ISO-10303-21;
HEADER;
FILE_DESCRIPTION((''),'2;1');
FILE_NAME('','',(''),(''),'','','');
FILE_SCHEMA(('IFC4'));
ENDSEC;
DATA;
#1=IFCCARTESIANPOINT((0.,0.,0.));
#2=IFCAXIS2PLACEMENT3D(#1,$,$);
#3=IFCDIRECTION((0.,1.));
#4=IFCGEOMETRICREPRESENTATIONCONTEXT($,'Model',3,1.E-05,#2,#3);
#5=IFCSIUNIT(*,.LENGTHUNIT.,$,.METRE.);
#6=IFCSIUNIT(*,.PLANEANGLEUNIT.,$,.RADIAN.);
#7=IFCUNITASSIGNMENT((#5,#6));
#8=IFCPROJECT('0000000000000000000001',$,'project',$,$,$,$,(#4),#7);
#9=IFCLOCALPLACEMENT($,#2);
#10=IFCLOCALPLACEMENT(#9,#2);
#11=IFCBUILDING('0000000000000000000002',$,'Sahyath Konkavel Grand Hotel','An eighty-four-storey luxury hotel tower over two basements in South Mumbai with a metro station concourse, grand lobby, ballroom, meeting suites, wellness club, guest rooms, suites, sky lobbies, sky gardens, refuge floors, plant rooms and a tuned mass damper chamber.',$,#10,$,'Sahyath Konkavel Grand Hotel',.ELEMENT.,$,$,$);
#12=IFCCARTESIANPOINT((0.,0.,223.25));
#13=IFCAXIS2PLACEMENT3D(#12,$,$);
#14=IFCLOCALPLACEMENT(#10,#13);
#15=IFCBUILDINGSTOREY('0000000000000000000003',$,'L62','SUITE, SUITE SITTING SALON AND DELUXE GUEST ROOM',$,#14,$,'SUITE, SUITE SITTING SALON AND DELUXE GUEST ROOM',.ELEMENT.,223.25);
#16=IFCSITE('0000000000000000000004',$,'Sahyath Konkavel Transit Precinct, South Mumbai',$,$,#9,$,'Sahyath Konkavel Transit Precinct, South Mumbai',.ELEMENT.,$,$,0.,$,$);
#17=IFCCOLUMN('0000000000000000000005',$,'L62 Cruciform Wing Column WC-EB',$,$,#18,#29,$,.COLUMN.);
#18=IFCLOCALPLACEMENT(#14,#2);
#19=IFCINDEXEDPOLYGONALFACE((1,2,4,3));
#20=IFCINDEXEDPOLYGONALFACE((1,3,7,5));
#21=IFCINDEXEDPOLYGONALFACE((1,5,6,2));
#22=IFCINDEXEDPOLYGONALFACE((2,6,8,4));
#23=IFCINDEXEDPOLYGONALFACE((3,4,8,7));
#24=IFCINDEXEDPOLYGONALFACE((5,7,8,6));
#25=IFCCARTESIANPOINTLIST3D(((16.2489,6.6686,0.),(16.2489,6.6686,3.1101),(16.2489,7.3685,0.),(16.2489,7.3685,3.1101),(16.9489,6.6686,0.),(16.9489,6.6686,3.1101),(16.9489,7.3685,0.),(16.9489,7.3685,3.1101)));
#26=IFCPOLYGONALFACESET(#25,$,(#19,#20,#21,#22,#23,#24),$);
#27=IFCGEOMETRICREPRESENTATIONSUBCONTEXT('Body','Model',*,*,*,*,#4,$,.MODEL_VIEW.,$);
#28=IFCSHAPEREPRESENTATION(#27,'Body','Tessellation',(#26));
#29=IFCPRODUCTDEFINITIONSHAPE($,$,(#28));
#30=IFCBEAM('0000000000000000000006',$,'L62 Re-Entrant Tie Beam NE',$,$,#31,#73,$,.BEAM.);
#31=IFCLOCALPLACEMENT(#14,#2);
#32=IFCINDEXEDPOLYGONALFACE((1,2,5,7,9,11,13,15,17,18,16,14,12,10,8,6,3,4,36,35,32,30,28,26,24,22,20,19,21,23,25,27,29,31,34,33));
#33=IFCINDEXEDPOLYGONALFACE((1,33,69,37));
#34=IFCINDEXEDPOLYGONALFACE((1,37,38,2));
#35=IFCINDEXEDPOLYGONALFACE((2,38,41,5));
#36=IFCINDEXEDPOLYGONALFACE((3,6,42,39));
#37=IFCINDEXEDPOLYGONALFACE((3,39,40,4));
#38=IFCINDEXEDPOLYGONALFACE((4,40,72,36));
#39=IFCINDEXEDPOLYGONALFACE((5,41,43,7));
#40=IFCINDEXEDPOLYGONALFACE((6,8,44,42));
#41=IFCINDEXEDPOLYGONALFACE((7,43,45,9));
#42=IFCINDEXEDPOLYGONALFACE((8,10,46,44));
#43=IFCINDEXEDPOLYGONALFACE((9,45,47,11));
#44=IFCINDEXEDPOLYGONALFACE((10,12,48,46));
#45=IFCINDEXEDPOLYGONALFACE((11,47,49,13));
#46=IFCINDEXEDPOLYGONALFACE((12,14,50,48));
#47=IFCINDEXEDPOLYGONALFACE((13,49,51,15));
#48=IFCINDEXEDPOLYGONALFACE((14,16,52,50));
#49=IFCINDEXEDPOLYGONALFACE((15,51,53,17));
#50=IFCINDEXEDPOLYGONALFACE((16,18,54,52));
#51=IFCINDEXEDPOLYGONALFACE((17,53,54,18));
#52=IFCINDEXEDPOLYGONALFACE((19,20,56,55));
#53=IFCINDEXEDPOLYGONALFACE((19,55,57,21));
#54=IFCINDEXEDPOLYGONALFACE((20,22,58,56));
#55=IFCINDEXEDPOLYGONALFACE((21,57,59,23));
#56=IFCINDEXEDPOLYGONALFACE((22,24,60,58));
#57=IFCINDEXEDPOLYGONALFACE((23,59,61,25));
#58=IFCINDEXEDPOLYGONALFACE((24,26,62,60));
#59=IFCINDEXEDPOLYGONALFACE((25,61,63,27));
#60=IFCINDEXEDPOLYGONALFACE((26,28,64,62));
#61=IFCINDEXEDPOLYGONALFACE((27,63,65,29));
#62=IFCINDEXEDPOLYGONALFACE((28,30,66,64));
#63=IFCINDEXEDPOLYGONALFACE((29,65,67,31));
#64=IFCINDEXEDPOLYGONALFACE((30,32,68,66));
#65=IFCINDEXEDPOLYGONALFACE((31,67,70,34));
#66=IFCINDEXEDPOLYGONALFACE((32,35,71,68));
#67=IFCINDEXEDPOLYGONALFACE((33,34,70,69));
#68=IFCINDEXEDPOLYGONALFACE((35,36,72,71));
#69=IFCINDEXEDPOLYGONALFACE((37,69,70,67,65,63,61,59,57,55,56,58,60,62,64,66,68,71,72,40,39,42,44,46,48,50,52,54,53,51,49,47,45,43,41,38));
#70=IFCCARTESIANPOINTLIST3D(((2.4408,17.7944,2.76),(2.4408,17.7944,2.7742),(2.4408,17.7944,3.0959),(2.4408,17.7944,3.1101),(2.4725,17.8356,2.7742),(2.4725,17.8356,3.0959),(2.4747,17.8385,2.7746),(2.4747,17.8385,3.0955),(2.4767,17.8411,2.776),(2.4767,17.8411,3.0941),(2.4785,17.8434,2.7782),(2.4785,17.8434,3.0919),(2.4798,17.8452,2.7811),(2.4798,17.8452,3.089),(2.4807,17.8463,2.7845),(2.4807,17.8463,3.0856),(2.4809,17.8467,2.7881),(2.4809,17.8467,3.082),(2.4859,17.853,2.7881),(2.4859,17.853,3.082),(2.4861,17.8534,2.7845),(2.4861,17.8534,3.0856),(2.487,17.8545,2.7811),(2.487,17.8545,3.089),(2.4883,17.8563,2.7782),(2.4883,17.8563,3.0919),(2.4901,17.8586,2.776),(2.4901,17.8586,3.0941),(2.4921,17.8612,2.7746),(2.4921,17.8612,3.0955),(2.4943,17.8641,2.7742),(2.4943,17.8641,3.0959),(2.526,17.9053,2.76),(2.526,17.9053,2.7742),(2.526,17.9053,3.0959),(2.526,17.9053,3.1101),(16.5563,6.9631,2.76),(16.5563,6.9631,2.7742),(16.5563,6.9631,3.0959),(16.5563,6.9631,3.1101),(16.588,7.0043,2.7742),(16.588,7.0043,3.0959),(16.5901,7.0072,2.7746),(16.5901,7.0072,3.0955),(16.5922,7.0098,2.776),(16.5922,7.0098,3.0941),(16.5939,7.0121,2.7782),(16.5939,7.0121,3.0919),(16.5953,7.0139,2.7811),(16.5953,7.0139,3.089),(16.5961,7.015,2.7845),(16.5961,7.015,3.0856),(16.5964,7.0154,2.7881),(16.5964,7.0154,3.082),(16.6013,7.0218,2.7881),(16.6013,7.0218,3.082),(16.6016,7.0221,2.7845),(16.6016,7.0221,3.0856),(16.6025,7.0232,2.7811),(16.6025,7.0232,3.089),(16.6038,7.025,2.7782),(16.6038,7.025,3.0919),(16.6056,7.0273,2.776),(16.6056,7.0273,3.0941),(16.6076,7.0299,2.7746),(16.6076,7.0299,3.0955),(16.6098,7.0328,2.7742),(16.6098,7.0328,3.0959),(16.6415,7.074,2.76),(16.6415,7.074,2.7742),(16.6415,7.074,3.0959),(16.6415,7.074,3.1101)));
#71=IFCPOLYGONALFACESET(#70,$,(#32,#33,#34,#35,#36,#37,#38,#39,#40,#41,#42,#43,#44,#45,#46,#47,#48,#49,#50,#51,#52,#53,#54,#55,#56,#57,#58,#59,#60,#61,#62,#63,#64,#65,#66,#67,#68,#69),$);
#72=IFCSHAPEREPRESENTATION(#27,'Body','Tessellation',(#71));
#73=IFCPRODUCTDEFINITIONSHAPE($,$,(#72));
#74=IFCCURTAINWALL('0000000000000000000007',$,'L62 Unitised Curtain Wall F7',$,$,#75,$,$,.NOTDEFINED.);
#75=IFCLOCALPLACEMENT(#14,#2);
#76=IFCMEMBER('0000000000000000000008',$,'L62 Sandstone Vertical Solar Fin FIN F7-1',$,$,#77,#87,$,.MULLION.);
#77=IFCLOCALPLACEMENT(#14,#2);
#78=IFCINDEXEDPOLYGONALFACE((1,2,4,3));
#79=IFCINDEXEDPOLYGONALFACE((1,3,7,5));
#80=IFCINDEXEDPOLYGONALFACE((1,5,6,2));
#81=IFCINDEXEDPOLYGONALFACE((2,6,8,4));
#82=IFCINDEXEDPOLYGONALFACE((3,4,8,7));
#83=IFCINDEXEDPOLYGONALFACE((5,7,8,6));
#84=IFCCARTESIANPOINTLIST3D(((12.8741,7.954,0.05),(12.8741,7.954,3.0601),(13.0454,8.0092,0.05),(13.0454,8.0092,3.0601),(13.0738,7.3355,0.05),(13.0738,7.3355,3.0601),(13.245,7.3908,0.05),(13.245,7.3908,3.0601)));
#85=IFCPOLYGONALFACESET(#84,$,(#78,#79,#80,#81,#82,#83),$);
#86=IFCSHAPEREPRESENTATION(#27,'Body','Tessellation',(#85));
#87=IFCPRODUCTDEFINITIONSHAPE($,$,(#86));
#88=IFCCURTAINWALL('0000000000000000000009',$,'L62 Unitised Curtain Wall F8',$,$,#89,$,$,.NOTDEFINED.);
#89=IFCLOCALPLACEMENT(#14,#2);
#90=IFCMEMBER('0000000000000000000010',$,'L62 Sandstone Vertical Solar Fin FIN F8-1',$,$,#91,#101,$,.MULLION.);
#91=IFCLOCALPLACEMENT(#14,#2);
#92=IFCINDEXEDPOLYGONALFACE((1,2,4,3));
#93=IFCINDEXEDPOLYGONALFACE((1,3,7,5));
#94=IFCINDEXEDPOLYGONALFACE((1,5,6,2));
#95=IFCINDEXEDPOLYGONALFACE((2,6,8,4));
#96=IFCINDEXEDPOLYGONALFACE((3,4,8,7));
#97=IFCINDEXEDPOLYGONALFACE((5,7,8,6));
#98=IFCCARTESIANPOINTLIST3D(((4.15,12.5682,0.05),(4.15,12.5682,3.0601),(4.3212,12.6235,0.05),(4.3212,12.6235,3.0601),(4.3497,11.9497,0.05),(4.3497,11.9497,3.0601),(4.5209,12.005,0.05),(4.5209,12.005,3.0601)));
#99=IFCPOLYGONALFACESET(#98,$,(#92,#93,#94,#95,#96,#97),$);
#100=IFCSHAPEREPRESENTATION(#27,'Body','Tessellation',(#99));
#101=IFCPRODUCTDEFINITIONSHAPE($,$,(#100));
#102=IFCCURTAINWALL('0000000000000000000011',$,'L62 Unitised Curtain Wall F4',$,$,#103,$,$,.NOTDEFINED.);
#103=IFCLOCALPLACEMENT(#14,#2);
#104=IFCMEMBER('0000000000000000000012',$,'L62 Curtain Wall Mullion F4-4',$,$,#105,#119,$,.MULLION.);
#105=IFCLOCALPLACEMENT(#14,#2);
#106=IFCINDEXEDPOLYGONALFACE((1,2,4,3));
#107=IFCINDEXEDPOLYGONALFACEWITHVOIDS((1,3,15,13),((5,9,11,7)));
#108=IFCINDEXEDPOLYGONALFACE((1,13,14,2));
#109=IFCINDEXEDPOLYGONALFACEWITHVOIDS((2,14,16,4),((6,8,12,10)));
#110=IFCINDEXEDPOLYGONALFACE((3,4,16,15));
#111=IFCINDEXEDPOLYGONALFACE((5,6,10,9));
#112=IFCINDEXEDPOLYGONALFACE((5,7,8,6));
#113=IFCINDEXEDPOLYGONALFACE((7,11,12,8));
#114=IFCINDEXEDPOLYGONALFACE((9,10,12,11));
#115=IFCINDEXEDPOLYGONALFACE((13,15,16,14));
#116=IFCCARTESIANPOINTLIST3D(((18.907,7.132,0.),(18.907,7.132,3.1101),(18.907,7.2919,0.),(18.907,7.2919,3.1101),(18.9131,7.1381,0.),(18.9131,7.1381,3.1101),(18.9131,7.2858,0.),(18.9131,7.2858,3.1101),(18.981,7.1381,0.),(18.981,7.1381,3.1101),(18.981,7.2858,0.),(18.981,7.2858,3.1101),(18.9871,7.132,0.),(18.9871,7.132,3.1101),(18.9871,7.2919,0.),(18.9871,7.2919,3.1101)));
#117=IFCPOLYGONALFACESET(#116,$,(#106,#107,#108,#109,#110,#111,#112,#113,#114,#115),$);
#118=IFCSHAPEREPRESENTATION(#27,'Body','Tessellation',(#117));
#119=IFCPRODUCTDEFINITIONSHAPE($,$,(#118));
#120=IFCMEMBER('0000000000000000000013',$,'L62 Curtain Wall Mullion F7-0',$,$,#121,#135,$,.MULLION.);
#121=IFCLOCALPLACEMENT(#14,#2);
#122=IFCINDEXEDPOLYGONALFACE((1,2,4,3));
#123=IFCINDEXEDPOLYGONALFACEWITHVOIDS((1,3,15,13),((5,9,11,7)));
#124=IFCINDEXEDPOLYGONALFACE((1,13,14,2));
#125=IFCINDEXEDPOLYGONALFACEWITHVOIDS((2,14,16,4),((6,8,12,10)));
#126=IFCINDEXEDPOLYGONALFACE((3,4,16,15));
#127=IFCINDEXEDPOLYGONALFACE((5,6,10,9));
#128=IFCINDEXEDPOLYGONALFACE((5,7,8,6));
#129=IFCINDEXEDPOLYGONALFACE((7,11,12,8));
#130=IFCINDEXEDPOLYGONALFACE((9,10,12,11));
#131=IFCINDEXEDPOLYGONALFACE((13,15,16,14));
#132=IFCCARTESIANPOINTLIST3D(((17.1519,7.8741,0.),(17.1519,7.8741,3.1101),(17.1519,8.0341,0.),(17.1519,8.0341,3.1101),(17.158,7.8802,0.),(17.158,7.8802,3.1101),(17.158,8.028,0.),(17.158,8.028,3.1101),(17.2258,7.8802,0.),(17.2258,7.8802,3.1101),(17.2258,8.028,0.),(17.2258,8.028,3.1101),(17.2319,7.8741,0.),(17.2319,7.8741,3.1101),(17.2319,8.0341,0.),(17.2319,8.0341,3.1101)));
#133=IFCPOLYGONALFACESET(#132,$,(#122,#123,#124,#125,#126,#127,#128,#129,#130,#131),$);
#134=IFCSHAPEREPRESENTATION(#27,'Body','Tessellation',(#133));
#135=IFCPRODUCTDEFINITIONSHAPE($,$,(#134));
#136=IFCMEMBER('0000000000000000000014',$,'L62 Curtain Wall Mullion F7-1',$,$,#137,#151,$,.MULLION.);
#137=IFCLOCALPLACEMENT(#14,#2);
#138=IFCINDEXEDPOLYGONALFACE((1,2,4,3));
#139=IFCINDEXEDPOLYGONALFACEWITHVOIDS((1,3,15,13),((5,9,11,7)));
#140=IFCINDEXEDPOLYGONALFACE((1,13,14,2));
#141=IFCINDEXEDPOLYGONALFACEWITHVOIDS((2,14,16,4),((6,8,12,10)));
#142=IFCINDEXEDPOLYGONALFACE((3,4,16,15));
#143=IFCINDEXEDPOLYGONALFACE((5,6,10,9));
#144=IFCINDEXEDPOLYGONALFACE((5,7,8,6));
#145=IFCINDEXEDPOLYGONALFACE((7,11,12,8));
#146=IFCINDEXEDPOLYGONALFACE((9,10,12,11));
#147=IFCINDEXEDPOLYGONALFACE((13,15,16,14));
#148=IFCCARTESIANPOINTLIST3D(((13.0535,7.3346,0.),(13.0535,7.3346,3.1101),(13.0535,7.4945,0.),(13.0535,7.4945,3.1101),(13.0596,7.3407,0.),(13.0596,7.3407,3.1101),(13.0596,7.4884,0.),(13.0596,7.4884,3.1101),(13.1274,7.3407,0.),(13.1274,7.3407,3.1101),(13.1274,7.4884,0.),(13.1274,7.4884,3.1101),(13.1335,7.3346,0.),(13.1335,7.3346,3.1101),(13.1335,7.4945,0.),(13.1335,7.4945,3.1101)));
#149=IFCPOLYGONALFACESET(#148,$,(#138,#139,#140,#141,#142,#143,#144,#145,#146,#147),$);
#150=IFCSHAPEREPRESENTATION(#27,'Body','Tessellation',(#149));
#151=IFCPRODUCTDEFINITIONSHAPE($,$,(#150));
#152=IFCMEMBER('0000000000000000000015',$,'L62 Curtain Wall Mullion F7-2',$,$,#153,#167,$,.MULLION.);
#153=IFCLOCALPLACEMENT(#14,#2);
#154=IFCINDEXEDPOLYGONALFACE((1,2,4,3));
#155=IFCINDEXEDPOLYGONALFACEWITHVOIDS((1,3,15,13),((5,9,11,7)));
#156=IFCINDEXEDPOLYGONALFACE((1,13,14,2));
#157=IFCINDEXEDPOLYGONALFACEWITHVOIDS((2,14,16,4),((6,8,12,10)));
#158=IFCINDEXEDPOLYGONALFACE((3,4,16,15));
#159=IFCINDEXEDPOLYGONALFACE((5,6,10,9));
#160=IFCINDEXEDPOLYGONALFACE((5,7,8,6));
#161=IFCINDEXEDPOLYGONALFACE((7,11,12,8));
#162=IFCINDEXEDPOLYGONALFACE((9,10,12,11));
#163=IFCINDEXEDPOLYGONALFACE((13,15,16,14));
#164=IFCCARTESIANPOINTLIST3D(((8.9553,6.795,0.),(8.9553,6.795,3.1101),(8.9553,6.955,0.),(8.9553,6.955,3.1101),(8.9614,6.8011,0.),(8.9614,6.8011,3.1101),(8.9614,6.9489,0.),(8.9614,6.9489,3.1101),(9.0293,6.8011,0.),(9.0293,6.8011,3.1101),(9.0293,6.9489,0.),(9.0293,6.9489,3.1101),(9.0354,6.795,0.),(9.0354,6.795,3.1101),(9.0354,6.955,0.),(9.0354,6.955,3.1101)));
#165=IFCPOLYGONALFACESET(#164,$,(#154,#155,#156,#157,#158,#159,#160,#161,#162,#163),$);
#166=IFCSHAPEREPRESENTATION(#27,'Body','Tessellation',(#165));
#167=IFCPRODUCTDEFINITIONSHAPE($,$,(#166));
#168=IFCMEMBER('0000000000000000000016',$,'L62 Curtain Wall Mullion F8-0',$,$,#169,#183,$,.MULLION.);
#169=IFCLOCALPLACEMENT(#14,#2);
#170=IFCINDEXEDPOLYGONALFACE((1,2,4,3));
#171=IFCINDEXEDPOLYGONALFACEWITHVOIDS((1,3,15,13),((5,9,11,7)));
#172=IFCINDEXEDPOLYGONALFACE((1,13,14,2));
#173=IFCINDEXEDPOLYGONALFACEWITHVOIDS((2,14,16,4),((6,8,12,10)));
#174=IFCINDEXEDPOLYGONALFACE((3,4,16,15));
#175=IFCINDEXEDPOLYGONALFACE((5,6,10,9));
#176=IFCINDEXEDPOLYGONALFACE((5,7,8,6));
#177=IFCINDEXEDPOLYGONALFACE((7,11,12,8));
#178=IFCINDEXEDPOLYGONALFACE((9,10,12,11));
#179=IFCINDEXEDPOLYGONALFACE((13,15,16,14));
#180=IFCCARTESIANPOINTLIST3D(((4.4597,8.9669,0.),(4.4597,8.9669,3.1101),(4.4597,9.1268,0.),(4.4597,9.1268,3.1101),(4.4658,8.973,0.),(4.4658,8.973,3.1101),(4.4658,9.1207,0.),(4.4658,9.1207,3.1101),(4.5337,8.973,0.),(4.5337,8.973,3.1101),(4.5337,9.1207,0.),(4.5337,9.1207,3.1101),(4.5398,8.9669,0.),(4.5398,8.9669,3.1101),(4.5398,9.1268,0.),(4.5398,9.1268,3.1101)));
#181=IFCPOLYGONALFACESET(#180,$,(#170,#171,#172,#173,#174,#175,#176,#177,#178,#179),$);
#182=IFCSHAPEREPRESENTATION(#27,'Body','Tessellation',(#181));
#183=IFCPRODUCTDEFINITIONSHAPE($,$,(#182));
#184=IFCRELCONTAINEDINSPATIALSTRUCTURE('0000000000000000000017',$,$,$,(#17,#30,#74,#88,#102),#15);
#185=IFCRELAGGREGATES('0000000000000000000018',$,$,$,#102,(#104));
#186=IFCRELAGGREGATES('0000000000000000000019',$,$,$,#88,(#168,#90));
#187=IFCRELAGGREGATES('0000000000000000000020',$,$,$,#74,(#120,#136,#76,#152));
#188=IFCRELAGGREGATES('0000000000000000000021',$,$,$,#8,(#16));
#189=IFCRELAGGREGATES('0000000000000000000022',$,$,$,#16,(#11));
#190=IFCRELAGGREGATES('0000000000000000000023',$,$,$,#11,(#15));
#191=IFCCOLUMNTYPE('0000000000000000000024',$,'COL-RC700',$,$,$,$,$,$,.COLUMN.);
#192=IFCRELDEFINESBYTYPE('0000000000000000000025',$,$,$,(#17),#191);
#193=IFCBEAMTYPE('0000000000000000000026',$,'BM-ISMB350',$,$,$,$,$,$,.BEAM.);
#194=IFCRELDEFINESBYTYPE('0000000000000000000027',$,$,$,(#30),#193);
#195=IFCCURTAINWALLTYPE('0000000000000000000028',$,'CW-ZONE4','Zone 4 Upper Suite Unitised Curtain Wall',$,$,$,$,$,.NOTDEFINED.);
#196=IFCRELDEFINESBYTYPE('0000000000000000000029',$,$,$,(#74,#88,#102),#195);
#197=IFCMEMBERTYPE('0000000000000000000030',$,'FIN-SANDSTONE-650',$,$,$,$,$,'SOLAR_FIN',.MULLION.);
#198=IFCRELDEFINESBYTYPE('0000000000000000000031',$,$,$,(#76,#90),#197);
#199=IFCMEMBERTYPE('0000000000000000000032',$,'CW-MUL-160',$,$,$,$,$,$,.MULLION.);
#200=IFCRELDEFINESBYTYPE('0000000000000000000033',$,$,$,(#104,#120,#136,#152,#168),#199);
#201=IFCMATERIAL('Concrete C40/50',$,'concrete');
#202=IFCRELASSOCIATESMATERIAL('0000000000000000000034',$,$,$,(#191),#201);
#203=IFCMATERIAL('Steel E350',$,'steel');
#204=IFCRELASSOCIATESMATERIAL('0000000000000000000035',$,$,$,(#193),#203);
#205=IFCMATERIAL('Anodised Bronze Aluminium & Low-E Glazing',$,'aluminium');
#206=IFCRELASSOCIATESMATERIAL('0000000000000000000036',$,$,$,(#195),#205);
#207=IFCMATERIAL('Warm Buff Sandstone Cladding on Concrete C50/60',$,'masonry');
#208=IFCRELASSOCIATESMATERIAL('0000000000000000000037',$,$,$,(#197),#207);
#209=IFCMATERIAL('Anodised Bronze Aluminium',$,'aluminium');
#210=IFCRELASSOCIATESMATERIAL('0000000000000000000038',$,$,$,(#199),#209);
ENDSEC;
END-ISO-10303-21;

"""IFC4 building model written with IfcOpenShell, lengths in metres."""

from ifc_helpers import new_model, si_unit, direction, frame, origin, origin_2d, place, context, subcontext, project, spatial, rectangle, hollow_rectangle, i_section, extrude, source, transform, mapped, material, material_profile, profile_set, type_object, element, aggregate, save


model = new_model("IFC4")

# Units and contexts
model_context = context("Model", 3, precision=1e-05, world=origin(), true_north=direction((0.0, 1.0)))
body_context = subcontext(model_context, "Body", "Model", "MODEL_VIEW")
ifc_project = project(units=[si_unit("LENGTHUNIT", "METRE"), si_unit("PLANEANGLEUNIT", "RADIAN")], contexts=[model_context])

# Site, building, storey
site_placement = place(None, origin())
site = spatial("IfcSite", under=ifc_project, at=site_placement, Name="Sahyath Konkavel Transit Precinct, South Mumbai", LongName="Sahyath Konkavel Transit Precinct, South Mumbai", CompositionType="ELEMENT", RefElevation=0.0)
building_placement = place(site_placement, origin())
building = spatial("IfcBuilding", under=site, at=building_placement, Name="Sahyath Konkavel Grand Hotel", Description="An eighty-four-storey luxury hotel tower over two basements in South Mumbai with a metro station concourse, grand lobby, ballroom, meeting suites, wellness club, guest rooms, suites, sky lobbies, sky gardens, refuge floors, plant rooms and a tuned mass damper chamber.", LongName="Sahyath Konkavel Grand Hotel", CompositionType="ELEMENT")
storey_placement = place(building_placement, frame((0.0, 0.0, 223.25)))
storey = spatial("IfcBuildingStorey", under=building, at=storey_placement, Name="L62", Description="SUITE, SUITE SITTING SALON AND DELUXE GUEST ROOM", LongName="SUITE, SUITE SITTING SALON AND DELUXE GUEST ROOM", CompositionType="ELEMENT", Elevation=223.25)

# Column
ifc_material_1 = material(Name="Concrete C40/50", Category="concrete")
ifc_material_profile_1 = material_profile(ifc_material_1, rectangle(XDim=0.7, YDim=0.7, at=origin_2d()), Name="RC 700x700")
ifc_profile_set_1 = profile_set([ifc_material_profile_1], Name="Concrete C40/50")
column_type = type_object("IfcColumnType", Name="COL-RC700", PredefinedType="COLUMN", material=ifc_profile_set_1)
shared_shape_1 = source(origin(), body_context, "Body", "SweptSolid", [
    extrude(rectangle(XDim=0.7, YDim=0.7, at=origin_2d()), origin(), (0.0, 0.0, 1.0), 3.1101),
])
column_placement = place(storey_placement, frame((16.5989, 7.0186, 0.0), z_axis=(0.0, 0.0, 1.0), x_axis=(1.0, 0.0, 0.0)))
element("IfcColumn", 1, at=column_placement, inside=storey, type_object=column_type, Name="L62 Cruciform Wing Column WC-EB", PredefinedType="COLUMN", context=body_context, shape_type="MappedRepresentation", body=[
    mapped(shared_shape_1, transform((0.0, 0.0, 0.0), scale=1.0)),
])

# Beam
ifc_material_2 = material(Name="Steel E350", Category="steel")
ifc_material_profile_2 = material_profile(ifc_material_2, i_section(OverallWidth=0.1399, OverallDepth=0.3501, WebThickness=0.0081, FlangeThickness=0.0142, FilletRadius=0.0139, at=origin_2d()), Name="ISMB 350")
ifc_profile_set_2 = profile_set([ifc_material_profile_2], Name="Steel E350")
beam_type = type_object("IfcBeamType", Name="BM-ISMB350", PredefinedType="BEAM", material=ifc_profile_set_2)
shared_shape_2 = source(origin(), body_context, "Body", "SweptSolid", [
    extrude(i_section(OverallWidth=0.1399, OverallDepth=0.3501, WebThickness=0.0081, FlangeThickness=0.0142, FilletRadius=0.0139, at=origin_2d()), origin(), (0.0, 0.0, 1.0), 17.7922),
])
beam_placement = place(storey_placement, frame((16.5989, 7.0186, 2.9351), z_axis=(-0.79335, 0.608765, 0.0), x_axis=(-0.608765, -0.79335, 0.0)))
element("IfcBeam", 2, at=beam_placement, inside=storey, type_object=beam_type, Name="L62 Re-Entrant Tie Beam NE", PredefinedType="BEAM", context=body_context, shape_type="MappedRepresentation", body=[
    mapped(shared_shape_2, transform((0.0, 0.0, 0.0), scale=1.0)),
])

# Curtain walls, members
ifc_material_3 = material(Name="Anodised Bronze Aluminium & Low-E Glazing", Category="aluminium")
curtain_wall_type = type_object("IfcCurtainWallType", Name="CW-ZONE4", Description="Zone 4 Upper Suite Unitised Curtain Wall", PredefinedType="NOTDEFINED", material=ifc_material_3)
curtain_wall_1_placement = place(storey_placement, origin())
curtain_wall_1 = element("IfcCurtainWall", 3, at=curtain_wall_1_placement, inside=storey, type_object=curtain_wall_type, Name="L62 Unitised Curtain Wall F7", PredefinedType="NOTDEFINED")
ifc_material_4 = material(Name="Warm Buff Sandstone Cladding on Concrete C50/60", Category="masonry")
ifc_material_profile_3 = material_profile(ifc_material_4, rectangle(XDim=0.1799, YDim=0.6499, at=origin_2d()), Name="FIN 180x650")
ifc_profile_set_3 = profile_set([ifc_material_profile_3], Name="Warm Buff Sandstone Cladding on Concrete C50/60")
member_type_1 = type_object("IfcMemberType", Name="FIN-SANDSTONE-650", ElementType="SOLAR_FIN", PredefinedType="MULLION", material=ifc_profile_set_3)
shared_shape_3 = source(origin(), body_context, "Body", "SweptSolid", [
    extrude(rectangle(XDim=0.1799, YDim=0.6499, at=origin_2d()), origin(), (0.0, 0.0, 1.0), 3.01),
])
member_1_placement = place(storey_placement, frame((13.0596, 7.6724, 0.05), z_axis=(0.0, 0.0, 1.0), x_axis=(0.951648, 0.307191, 0.0)))
member_1 = element("IfcMember", 4, at=member_1_placement, type_object=member_type_1, Name="L62 Sandstone Vertical Solar Fin FIN F7-1", PredefinedType="MULLION", context=body_context, shape_type="MappedRepresentation", body=[
    mapped(shared_shape_3, transform((0.0, 0.0, 0.0), scale=1.0)),
])
curtain_wall_2_placement = place(storey_placement, origin())
curtain_wall_2 = element("IfcCurtainWall", 5, at=curtain_wall_2_placement, inside=storey, type_object=curtain_wall_type, Name="L62 Unitised Curtain Wall F8", PredefinedType="NOTDEFINED")
member_2_placement = place(storey_placement, frame((4.3354, 12.2866, 0.05), z_axis=(0.0, 0.0, 1.0), x_axis=(0.951648, 0.307191, 0.0)))
member_2 = element("IfcMember", 6, at=member_2_placement, type_object=member_type_1, Name="L62 Sandstone Vertical Solar Fin FIN F8-1", PredefinedType="MULLION", context=body_context, shape_type="MappedRepresentation", body=[
    mapped(shared_shape_3, transform((0.0, 0.0, 0.0), scale=1.0)),
])
curtain_wall_3_placement = place(storey_placement, origin())
curtain_wall_3 = element("IfcCurtainWall", 7, at=curtain_wall_3_placement, inside=storey, type_object=curtain_wall_type, Name="L62 Unitised Curtain Wall F4", PredefinedType="NOTDEFINED")
ifc_material_5 = material(Name="Anodised Bronze Aluminium", Category="aluminium")
ifc_material_profile_4 = material_profile(ifc_material_5, hollow_rectangle(XDim=0.0801, YDim=0.1599, WallThickness=0.0061, at=origin_2d()), Name="RHS 160x80x6")
ifc_profile_set_4 = profile_set([ifc_material_profile_4], Name="Anodised Bronze Aluminium")
member_type_2 = type_object("IfcMemberType", Name="CW-MUL-160", PredefinedType="MULLION", material=ifc_profile_set_4)
shared_shape_4 = source(origin(), body_context, "Body", "SweptSolid", [
    extrude(hollow_rectangle(XDim=0.0801, YDim=0.1599, WallThickness=0.0061, at=origin_2d()), origin(), (0.0, 0.0, 1.0), 3.1101),
])
member_3_placement = place(storey_placement, frame((18.947, 7.2119, 0.0), z_axis=(0.0, 0.0, 1.0), x_axis=(1.0, 0.0, 0.0)))
member_3 = element("IfcMember", 8, at=member_3_placement, type_object=member_type_2, Name="L62 Curtain Wall Mullion F4-4", PredefinedType="MULLION", context=body_context, shape_type="MappedRepresentation", body=[
    mapped(shared_shape_4, transform((0.0, 0.0, 0.0), scale=1.0)),
])
aggregate(curtain_wall_3, [member_3])

# Members
member_4_placement = place(storey_placement, frame((17.1919, 7.9541, 0.0), z_axis=(0.0, 0.0, 1.0), x_axis=(1.0, 0.0, 0.0)))
member_4 = element("IfcMember", 9, at=member_4_placement, type_object=member_type_2, Name="L62 Curtain Wall Mullion F7-0", PredefinedType="MULLION", context=body_context, shape_type="MappedRepresentation", body=[
    mapped(shared_shape_4, transform((0.0, 0.0, 0.0), scale=1.0)),
])
member_5_placement = place(storey_placement, frame((13.0935, 7.4146, 0.0), z_axis=(0.0, 0.0, 1.0), x_axis=(1.0, 0.0, 0.0)))
member_5 = element("IfcMember", 10, at=member_5_placement, type_object=member_type_2, Name="L62 Curtain Wall Mullion F7-1", PredefinedType="MULLION", context=body_context, shape_type="MappedRepresentation", body=[
    mapped(shared_shape_4, transform((0.0, 0.0, 0.0), scale=1.0)),
])
member_6_placement = place(storey_placement, frame((8.9954, 6.875, 0.0), z_axis=(0.0, 0.0, 1.0), x_axis=(1.0, 0.0, 0.0)))
member_6 = element("IfcMember", 11, at=member_6_placement, type_object=member_type_2, Name="L62 Curtain Wall Mullion F7-2", PredefinedType="MULLION", context=body_context, shape_type="MappedRepresentation", body=[
    mapped(shared_shape_4, transform((0.0, 0.0, 0.0), scale=1.0)),
])
member_7_placement = place(storey_placement, frame((4.4998, 9.0469, 0.0), z_axis=(0.0, 0.0, 1.0), x_axis=(1.0, 0.0, 0.0)))
member_7 = element("IfcMember", 12, at=member_7_placement, type_object=member_type_2, Name="L62 Curtain Wall Mullion F8-0", PredefinedType="MULLION", context=body_context, shape_type="MappedRepresentation", body=[
    mapped(shared_shape_4, transform((0.0, 0.0, 0.0), scale=1.0)),
])

aggregate(curtain_wall_2, [member_7, member_2])
aggregate(curtain_wall_1, [member_4, member_5, member_1, member_6])

save(model, "model.ifc")
